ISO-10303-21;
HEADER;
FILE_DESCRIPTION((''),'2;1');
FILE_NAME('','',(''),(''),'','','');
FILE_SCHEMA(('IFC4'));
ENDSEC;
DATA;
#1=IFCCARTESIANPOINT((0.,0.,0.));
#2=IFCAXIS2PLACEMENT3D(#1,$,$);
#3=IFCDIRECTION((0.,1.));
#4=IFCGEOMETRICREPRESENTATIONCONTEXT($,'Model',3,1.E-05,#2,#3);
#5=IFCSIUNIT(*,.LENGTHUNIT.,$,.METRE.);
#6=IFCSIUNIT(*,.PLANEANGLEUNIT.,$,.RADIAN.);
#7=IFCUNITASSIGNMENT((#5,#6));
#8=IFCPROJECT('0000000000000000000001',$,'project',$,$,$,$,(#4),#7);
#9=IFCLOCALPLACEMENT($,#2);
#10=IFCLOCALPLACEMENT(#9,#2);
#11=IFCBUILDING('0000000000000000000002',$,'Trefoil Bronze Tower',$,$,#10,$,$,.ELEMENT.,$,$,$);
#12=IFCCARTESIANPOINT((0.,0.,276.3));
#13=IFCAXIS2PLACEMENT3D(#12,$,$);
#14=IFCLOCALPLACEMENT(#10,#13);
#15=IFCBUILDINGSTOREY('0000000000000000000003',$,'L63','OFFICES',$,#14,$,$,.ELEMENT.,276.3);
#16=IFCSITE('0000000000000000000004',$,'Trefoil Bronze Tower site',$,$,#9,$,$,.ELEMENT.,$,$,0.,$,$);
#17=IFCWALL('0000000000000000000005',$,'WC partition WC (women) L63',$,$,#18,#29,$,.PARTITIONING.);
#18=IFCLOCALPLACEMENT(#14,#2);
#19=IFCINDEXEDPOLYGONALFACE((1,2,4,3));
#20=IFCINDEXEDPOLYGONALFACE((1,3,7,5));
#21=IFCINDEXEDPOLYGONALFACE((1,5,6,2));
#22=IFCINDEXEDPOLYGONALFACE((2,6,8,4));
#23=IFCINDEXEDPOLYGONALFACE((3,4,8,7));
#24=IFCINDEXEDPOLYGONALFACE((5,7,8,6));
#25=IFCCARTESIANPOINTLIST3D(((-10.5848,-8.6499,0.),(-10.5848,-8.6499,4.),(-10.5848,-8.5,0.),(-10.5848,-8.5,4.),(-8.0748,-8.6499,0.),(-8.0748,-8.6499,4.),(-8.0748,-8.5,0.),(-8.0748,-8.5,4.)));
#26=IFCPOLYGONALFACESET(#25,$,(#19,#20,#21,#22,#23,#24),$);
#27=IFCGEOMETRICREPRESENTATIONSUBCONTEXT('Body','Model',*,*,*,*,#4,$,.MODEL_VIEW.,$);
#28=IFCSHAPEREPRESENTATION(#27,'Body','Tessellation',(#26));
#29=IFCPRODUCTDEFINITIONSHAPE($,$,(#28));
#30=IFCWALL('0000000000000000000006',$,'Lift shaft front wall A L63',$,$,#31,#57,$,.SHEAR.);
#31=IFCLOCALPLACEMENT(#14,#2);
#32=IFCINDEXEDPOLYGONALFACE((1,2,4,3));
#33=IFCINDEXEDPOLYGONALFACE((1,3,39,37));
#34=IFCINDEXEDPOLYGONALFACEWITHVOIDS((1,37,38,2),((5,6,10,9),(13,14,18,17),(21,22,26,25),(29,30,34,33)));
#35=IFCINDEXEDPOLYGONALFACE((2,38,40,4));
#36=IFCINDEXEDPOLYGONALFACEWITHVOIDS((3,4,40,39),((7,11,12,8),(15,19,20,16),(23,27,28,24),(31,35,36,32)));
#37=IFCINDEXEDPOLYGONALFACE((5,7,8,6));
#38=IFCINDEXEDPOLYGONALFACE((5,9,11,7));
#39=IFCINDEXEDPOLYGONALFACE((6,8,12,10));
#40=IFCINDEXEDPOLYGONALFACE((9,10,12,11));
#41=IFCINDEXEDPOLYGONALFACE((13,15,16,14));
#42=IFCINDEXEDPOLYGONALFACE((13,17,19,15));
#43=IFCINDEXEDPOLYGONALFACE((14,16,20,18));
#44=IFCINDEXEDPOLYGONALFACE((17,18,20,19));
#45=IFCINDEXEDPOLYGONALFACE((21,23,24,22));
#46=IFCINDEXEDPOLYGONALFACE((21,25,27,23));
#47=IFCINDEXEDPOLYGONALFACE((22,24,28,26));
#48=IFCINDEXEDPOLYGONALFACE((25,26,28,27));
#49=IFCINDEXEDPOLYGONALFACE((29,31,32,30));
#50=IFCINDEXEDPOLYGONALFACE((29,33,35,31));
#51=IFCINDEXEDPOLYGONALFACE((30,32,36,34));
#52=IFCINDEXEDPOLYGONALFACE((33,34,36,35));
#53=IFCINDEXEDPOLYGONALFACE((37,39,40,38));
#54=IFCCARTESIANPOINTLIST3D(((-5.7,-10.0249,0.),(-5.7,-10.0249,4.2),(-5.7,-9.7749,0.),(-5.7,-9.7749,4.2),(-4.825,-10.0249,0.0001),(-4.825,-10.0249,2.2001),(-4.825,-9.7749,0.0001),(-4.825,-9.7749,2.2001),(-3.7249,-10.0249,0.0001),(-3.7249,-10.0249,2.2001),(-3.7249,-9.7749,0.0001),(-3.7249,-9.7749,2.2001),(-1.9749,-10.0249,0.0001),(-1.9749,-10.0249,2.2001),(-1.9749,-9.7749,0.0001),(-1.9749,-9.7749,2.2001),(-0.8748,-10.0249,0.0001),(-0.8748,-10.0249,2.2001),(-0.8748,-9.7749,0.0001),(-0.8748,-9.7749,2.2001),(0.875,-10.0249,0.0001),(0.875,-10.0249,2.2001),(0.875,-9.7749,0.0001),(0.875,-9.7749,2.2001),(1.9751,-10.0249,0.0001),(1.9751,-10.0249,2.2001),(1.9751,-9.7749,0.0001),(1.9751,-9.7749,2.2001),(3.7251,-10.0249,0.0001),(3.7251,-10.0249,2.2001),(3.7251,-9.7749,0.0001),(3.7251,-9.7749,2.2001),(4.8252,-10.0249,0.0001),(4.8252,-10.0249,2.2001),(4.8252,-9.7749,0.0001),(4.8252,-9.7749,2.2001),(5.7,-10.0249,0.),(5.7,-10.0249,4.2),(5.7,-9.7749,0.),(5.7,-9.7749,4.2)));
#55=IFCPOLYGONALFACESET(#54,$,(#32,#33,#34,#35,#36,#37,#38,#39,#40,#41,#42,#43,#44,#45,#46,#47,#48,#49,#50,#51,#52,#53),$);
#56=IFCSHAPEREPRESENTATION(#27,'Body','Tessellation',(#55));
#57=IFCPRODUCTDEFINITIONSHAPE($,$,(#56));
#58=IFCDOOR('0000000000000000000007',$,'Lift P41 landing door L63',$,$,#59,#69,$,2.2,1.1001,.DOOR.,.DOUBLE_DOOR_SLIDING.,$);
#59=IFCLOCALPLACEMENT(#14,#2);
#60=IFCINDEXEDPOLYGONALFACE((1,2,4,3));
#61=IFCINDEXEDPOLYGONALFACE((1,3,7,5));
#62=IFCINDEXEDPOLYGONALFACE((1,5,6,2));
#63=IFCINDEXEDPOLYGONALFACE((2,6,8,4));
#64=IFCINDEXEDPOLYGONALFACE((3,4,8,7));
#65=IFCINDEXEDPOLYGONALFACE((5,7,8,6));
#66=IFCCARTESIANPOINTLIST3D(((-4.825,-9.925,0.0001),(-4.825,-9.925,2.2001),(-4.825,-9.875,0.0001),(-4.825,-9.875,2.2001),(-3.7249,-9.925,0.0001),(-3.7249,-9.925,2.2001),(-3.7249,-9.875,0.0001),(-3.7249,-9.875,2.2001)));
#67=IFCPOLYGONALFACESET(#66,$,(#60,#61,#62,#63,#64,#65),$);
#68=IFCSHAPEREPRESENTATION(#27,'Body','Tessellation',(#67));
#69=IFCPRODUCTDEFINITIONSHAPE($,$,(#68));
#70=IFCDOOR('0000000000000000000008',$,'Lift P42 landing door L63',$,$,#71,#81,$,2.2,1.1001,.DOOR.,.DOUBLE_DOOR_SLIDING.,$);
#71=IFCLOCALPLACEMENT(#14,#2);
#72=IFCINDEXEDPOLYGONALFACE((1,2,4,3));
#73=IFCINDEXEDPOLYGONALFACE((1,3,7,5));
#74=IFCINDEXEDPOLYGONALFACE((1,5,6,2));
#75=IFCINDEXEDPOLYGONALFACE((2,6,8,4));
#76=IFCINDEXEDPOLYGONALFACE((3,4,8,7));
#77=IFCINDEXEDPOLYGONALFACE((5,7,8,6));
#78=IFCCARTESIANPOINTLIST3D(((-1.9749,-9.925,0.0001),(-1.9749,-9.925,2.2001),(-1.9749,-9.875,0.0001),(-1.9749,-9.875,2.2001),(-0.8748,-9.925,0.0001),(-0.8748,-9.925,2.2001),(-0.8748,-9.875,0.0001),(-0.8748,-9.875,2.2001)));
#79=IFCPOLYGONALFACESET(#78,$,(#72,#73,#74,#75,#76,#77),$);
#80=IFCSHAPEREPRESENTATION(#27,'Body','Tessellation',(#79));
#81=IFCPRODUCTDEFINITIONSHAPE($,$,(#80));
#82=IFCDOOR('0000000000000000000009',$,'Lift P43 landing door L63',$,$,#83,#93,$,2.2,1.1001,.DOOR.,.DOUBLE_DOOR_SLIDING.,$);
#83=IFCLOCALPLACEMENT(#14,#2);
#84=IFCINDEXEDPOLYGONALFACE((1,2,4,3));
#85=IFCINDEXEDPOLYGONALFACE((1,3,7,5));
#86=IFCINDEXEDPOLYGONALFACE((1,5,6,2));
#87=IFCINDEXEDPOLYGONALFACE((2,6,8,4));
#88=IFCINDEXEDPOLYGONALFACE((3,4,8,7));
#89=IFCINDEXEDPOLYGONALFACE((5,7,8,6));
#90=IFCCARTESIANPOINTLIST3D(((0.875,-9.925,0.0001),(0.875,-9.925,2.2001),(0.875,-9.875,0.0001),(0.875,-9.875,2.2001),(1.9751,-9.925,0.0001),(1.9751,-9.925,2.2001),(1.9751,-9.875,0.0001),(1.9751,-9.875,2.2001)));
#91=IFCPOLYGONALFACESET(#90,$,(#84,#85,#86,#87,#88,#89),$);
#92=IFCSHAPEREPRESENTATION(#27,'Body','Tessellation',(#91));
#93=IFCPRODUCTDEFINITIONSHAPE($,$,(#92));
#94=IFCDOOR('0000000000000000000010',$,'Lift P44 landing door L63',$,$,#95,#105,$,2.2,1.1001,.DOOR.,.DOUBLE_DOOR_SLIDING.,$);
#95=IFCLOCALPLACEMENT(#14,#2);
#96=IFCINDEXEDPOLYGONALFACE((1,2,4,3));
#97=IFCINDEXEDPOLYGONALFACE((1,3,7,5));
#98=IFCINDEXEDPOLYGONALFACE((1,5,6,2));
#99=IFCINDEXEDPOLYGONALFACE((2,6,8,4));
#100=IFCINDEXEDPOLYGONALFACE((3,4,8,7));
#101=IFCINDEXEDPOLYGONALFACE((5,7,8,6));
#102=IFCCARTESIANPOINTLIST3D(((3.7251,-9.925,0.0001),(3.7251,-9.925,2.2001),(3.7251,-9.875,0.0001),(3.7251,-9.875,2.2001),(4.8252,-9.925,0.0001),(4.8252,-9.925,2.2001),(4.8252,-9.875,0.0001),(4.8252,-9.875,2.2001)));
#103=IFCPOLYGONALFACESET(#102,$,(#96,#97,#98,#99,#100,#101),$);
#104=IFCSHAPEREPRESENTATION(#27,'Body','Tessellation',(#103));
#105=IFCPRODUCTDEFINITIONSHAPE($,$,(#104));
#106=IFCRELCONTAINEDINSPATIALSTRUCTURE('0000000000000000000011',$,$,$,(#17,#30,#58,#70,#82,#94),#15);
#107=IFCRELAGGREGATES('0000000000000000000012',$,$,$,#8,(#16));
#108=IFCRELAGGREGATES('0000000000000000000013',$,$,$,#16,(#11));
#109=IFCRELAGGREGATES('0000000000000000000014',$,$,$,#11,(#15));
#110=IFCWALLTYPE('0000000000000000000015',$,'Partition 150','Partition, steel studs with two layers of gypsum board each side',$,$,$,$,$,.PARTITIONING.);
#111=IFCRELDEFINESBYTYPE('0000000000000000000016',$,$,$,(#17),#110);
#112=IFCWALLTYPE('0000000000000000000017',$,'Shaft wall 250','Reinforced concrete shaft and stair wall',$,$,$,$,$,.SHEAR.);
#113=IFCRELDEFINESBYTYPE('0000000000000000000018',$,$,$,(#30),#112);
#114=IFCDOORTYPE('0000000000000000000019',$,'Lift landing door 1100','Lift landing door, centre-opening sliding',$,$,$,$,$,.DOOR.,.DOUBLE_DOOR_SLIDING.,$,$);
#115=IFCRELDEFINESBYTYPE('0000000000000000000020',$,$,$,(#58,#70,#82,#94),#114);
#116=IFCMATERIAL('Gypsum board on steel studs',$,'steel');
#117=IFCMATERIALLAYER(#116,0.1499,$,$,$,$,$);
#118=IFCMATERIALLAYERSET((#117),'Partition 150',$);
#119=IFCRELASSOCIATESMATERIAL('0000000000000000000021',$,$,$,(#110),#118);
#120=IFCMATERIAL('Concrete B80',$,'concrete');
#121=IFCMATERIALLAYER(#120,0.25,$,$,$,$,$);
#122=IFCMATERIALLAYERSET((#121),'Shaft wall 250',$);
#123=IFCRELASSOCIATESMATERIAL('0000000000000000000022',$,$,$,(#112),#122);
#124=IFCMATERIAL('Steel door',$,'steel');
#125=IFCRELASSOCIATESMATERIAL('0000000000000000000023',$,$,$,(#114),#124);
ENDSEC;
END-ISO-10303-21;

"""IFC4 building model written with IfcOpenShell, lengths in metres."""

from ifc_helpers import new_model, si_unit, direction, frame, frame_2d, origin, place, context, subcontext, project, spatial, rectangle, extrude, material, layer, layer_set, type_object, element, fill, save


model = new_model("IFC4")

# Units and contexts
model_context = context("Model", 3, precision=1e-05, world=origin(), true_north=direction((0.0, 1.0)))
body_context = subcontext(model_context, "Body", "Model", "MODEL_VIEW")
ifc_project = project(units=[si_unit("LENGTHUNIT", "METRE"), si_unit("PLANEANGLEUNIT", "RADIAN")], contexts=[model_context])

# Site, building, storey
site_placement = place(None, origin())
site = spatial("IfcSite", under=ifc_project, at=site_placement, Name="Trefoil Bronze Tower site", CompositionType="ELEMENT", RefElevation=0.0)
building_placement = place(site_placement, origin())
building = spatial("IfcBuilding", under=site, at=building_placement, Name="Trefoil Bronze Tower", CompositionType="ELEMENT")
storey_placement = place(building_placement, frame((0.0, 0.0, 276.3)))
storey = spatial("IfcBuildingStorey", under=building, at=storey_placement, Name="L63", Description="OFFICES", CompositionType="ELEMENT", Elevation=276.3)

# Shared definitions
ifc_material_1 = material(Name="Gypsum board on steel studs", Category="steel")
ifc_layer_1 = layer(ifc_material_1, 0.1499)
ifc_layer_set_1 = layer_set([ifc_layer_1], Name="Partition 150")
wall_type_1 = type_object("IfcWallType", Name="Partition 150", Description="Partition, steel studs with two layers of gypsum board each side", PredefinedType="PARTITIONING", material=ifc_layer_set_1)

# Wall
wall_1_placement = place(storey_placement, frame((-8.075, -8.575, 0.0), z_axis=(0.0, 0.0, 1.0), x_axis=(-1.0, 0.0, 0.0)))
element("IfcWall", 1, at=wall_1_placement, inside=storey, type_object=wall_type_1, Name="WC partition WC (women) L63", PredefinedType="PARTITIONING", context=body_context, shape_type="SweptSolid", body=[
    extrude(rectangle(XDim=2.51, YDim=0.1499, at=frame_2d((1.2549, 0.0))), origin(), (0.0, 0.0, 1.0), 4.0),
])

# Wall, openings, doors
ifc_material_2 = material(Name="Concrete B80", Category="concrete")
ifc_layer_2 = layer(ifc_material_2, 0.25)
ifc_layer_set_2 = layer_set([ifc_layer_2], Name="Shaft wall 250")
wall_type_2 = type_object("IfcWallType", Name="Shaft wall 250", Description="Reinforced concrete shaft and stair wall", PredefinedType="SHEAR", material=ifc_layer_set_2)
wall_2_placement = place(storey_placement, frame((-5.7, -9.8999, 0.0), z_axis=(0.0, 0.0, 1.0), x_axis=(1.0, 0.0, 0.0)))
wall_2 = element("IfcWall", 2, at=wall_2_placement, inside=storey, type_object=wall_type_2, Name="Lift shaft front wall A L63", PredefinedType="SHEAR", context=body_context, shape_type="SweptSolid", body=[
    extrude(rectangle(XDim=11.3999, YDim=0.25, at=frame_2d((5.7, 0.0))), origin(), (0.0, 0.0, 1.0), 4.2),
])
opening_1_placement = place(wall_2_placement, frame((0.875, 0.0, 0.0)))
opening_1 = element("IfcOpeningElement", 3, at=opening_1_placement, cuts=wall_2, PredefinedType="OPENING", context=body_context, shape_type="SweptSolid", body=[
    extrude(rectangle(XDim=1.1001, YDim=2.2, at=frame_2d((0.55, 1.1001))), frame((0.0, 0.135, 0.0), z_axis=(0.0, -1.0, 0.0), x_axis=(1.0, 0.0, 0.0)), (0.0, 0.0, 1.0), 0.27),
])
opening_2_placement = place(wall_2_placement, frame((3.7251, 0.0, 0.0)))
opening_2 = element("IfcOpeningElement", 4, at=opening_2_placement, cuts=wall_2, PredefinedType="OPENING", context=body_context, shape_type="SweptSolid", body=[
    extrude(rectangle(XDim=1.1001, YDim=2.2, at=frame_2d((0.55, 1.1001))), frame((0.0, 0.135, 0.0), z_axis=(0.0, -1.0, 0.0), x_axis=(1.0, 0.0, 0.0)), (0.0, 0.0, 1.0), 0.27),
])
opening_3_placement = place(wall_2_placement, frame((6.575, 0.0, 0.0)))
opening_3 = element("IfcOpeningElement", 5, at=opening_3_placement, cuts=wall_2, PredefinedType="OPENING", context=body_context, shape_type="SweptSolid", body=[
    extrude(rectangle(XDim=1.1001, YDim=2.2, at=frame_2d((0.55, 1.1001))), frame((0.0, 0.135, 0.0), z_axis=(0.0, -1.0, 0.0), x_axis=(1.0, 0.0, 0.0)), (0.0, 0.0, 1.0), 0.27),
])
opening_4_placement = place(wall_2_placement, frame((9.425, 0.0, 0.0)))
opening_4 = element("IfcOpeningElement", 6, at=opening_4_placement, cuts=wall_2, PredefinedType="OPENING", context=body_context, shape_type="SweptSolid", body=[
    extrude(rectangle(XDim=1.1001, YDim=2.2, at=frame_2d((0.55, 1.1001))), frame((0.0, 0.135, 0.0), z_axis=(0.0, -1.0, 0.0), x_axis=(1.0, 0.0, 0.0)), (0.0, 0.0, 1.0), 0.27),
])
ifc_material_3 = material(Name="Steel door", Category="steel")
door_type_1 = type_object("IfcDoorType", Name="Lift landing door 1100", Description="Lift landing door, centre-opening sliding", OperationType="DOUBLE_DOOR_SLIDING", PredefinedType="DOOR", material=ifc_material_3)
door_1_placement = place(opening_1_placement, origin())
door_1 = element("IfcDoor", 7, at=door_1_placement, inside=storey, type_object=door_type_1, Name="Lift P41 landing door L63", OperationType="DOUBLE_DOOR_SLIDING", OverallHeight=2.2, OverallWidth=1.1001, PredefinedType="DOOR", context=body_context, shape_type="SweptSolid", body=[
    extrude(rectangle(XDim=1.1001, YDim=2.2, at=frame_2d((0.55, 1.1001))), frame((0.0, 0.0249, 0.0), z_axis=(0.0, -1.0, 0.0), x_axis=(1.0, 0.0, 0.0)), (0.0, 0.0, 1.0), 0.05),
])
fill(opening_1, door_1)
door_2_placement = place(opening_2_placement, origin())
door_2 = element("IfcDoor", 8, at=door_2_placement, inside=storey, type_object=door_type_1, Name="Lift P42 landing door L63", OperationType="DOUBLE_DOOR_SLIDING", OverallHeight=2.2, OverallWidth=1.1001, PredefinedType="DOOR", context=body_context, shape_type="SweptSolid", body=[
    extrude(rectangle(XDim=1.1001, YDim=2.2, at=frame_2d((0.55, 1.1001))), frame((0.0, 0.0249, 0.0), z_axis=(0.0, -1.0, 0.0), x_axis=(1.0, 0.0, 0.0)), (0.0, 0.0, 1.0), 0.05),
])
fill(opening_2, door_2)
door_3_placement = place(opening_3_placement, origin())
door_3 = element("IfcDoor", 9, at=door_3_placement, inside=storey, type_object=door_type_1, Name="Lift P43 landing door L63", OperationType="DOUBLE_DOOR_SLIDING", OverallHeight=2.2, OverallWidth=1.1001, PredefinedType="DOOR", context=body_context, shape_type="SweptSolid", body=[
    extrude(rectangle(XDim=1.1001, YDim=2.2, at=frame_2d((0.55, 1.1001))), frame((0.0, 0.0249, 0.0), z_axis=(0.0, -1.0, 0.0), x_axis=(1.0, 0.0, 0.0)), (0.0, 0.0, 1.0), 0.05),
])
fill(opening_3, door_3)
door_4_placement = place(opening_4_placement, origin())
door_4 = element("IfcDoor", 10, at=door_4_placement, inside=storey, type_object=door_type_1, Name="Lift P44 landing door L63", OperationType="DOUBLE_DOOR_SLIDING", OverallHeight=2.2, OverallWidth=1.1001, PredefinedType="DOOR", context=body_context, shape_type="SweptSolid", body=[
    extrude(rectangle(XDim=1.1001, YDim=2.2, at=frame_2d((0.55, 1.1001))), frame((0.0, 0.0249, 0.0), z_axis=(0.0, -1.0, 0.0), x_axis=(1.0, 0.0, 0.0)), (0.0, 0.0, 1.0), 0.05),
])
fill(opening_4, door_4)

save(model, "model.ifc")
